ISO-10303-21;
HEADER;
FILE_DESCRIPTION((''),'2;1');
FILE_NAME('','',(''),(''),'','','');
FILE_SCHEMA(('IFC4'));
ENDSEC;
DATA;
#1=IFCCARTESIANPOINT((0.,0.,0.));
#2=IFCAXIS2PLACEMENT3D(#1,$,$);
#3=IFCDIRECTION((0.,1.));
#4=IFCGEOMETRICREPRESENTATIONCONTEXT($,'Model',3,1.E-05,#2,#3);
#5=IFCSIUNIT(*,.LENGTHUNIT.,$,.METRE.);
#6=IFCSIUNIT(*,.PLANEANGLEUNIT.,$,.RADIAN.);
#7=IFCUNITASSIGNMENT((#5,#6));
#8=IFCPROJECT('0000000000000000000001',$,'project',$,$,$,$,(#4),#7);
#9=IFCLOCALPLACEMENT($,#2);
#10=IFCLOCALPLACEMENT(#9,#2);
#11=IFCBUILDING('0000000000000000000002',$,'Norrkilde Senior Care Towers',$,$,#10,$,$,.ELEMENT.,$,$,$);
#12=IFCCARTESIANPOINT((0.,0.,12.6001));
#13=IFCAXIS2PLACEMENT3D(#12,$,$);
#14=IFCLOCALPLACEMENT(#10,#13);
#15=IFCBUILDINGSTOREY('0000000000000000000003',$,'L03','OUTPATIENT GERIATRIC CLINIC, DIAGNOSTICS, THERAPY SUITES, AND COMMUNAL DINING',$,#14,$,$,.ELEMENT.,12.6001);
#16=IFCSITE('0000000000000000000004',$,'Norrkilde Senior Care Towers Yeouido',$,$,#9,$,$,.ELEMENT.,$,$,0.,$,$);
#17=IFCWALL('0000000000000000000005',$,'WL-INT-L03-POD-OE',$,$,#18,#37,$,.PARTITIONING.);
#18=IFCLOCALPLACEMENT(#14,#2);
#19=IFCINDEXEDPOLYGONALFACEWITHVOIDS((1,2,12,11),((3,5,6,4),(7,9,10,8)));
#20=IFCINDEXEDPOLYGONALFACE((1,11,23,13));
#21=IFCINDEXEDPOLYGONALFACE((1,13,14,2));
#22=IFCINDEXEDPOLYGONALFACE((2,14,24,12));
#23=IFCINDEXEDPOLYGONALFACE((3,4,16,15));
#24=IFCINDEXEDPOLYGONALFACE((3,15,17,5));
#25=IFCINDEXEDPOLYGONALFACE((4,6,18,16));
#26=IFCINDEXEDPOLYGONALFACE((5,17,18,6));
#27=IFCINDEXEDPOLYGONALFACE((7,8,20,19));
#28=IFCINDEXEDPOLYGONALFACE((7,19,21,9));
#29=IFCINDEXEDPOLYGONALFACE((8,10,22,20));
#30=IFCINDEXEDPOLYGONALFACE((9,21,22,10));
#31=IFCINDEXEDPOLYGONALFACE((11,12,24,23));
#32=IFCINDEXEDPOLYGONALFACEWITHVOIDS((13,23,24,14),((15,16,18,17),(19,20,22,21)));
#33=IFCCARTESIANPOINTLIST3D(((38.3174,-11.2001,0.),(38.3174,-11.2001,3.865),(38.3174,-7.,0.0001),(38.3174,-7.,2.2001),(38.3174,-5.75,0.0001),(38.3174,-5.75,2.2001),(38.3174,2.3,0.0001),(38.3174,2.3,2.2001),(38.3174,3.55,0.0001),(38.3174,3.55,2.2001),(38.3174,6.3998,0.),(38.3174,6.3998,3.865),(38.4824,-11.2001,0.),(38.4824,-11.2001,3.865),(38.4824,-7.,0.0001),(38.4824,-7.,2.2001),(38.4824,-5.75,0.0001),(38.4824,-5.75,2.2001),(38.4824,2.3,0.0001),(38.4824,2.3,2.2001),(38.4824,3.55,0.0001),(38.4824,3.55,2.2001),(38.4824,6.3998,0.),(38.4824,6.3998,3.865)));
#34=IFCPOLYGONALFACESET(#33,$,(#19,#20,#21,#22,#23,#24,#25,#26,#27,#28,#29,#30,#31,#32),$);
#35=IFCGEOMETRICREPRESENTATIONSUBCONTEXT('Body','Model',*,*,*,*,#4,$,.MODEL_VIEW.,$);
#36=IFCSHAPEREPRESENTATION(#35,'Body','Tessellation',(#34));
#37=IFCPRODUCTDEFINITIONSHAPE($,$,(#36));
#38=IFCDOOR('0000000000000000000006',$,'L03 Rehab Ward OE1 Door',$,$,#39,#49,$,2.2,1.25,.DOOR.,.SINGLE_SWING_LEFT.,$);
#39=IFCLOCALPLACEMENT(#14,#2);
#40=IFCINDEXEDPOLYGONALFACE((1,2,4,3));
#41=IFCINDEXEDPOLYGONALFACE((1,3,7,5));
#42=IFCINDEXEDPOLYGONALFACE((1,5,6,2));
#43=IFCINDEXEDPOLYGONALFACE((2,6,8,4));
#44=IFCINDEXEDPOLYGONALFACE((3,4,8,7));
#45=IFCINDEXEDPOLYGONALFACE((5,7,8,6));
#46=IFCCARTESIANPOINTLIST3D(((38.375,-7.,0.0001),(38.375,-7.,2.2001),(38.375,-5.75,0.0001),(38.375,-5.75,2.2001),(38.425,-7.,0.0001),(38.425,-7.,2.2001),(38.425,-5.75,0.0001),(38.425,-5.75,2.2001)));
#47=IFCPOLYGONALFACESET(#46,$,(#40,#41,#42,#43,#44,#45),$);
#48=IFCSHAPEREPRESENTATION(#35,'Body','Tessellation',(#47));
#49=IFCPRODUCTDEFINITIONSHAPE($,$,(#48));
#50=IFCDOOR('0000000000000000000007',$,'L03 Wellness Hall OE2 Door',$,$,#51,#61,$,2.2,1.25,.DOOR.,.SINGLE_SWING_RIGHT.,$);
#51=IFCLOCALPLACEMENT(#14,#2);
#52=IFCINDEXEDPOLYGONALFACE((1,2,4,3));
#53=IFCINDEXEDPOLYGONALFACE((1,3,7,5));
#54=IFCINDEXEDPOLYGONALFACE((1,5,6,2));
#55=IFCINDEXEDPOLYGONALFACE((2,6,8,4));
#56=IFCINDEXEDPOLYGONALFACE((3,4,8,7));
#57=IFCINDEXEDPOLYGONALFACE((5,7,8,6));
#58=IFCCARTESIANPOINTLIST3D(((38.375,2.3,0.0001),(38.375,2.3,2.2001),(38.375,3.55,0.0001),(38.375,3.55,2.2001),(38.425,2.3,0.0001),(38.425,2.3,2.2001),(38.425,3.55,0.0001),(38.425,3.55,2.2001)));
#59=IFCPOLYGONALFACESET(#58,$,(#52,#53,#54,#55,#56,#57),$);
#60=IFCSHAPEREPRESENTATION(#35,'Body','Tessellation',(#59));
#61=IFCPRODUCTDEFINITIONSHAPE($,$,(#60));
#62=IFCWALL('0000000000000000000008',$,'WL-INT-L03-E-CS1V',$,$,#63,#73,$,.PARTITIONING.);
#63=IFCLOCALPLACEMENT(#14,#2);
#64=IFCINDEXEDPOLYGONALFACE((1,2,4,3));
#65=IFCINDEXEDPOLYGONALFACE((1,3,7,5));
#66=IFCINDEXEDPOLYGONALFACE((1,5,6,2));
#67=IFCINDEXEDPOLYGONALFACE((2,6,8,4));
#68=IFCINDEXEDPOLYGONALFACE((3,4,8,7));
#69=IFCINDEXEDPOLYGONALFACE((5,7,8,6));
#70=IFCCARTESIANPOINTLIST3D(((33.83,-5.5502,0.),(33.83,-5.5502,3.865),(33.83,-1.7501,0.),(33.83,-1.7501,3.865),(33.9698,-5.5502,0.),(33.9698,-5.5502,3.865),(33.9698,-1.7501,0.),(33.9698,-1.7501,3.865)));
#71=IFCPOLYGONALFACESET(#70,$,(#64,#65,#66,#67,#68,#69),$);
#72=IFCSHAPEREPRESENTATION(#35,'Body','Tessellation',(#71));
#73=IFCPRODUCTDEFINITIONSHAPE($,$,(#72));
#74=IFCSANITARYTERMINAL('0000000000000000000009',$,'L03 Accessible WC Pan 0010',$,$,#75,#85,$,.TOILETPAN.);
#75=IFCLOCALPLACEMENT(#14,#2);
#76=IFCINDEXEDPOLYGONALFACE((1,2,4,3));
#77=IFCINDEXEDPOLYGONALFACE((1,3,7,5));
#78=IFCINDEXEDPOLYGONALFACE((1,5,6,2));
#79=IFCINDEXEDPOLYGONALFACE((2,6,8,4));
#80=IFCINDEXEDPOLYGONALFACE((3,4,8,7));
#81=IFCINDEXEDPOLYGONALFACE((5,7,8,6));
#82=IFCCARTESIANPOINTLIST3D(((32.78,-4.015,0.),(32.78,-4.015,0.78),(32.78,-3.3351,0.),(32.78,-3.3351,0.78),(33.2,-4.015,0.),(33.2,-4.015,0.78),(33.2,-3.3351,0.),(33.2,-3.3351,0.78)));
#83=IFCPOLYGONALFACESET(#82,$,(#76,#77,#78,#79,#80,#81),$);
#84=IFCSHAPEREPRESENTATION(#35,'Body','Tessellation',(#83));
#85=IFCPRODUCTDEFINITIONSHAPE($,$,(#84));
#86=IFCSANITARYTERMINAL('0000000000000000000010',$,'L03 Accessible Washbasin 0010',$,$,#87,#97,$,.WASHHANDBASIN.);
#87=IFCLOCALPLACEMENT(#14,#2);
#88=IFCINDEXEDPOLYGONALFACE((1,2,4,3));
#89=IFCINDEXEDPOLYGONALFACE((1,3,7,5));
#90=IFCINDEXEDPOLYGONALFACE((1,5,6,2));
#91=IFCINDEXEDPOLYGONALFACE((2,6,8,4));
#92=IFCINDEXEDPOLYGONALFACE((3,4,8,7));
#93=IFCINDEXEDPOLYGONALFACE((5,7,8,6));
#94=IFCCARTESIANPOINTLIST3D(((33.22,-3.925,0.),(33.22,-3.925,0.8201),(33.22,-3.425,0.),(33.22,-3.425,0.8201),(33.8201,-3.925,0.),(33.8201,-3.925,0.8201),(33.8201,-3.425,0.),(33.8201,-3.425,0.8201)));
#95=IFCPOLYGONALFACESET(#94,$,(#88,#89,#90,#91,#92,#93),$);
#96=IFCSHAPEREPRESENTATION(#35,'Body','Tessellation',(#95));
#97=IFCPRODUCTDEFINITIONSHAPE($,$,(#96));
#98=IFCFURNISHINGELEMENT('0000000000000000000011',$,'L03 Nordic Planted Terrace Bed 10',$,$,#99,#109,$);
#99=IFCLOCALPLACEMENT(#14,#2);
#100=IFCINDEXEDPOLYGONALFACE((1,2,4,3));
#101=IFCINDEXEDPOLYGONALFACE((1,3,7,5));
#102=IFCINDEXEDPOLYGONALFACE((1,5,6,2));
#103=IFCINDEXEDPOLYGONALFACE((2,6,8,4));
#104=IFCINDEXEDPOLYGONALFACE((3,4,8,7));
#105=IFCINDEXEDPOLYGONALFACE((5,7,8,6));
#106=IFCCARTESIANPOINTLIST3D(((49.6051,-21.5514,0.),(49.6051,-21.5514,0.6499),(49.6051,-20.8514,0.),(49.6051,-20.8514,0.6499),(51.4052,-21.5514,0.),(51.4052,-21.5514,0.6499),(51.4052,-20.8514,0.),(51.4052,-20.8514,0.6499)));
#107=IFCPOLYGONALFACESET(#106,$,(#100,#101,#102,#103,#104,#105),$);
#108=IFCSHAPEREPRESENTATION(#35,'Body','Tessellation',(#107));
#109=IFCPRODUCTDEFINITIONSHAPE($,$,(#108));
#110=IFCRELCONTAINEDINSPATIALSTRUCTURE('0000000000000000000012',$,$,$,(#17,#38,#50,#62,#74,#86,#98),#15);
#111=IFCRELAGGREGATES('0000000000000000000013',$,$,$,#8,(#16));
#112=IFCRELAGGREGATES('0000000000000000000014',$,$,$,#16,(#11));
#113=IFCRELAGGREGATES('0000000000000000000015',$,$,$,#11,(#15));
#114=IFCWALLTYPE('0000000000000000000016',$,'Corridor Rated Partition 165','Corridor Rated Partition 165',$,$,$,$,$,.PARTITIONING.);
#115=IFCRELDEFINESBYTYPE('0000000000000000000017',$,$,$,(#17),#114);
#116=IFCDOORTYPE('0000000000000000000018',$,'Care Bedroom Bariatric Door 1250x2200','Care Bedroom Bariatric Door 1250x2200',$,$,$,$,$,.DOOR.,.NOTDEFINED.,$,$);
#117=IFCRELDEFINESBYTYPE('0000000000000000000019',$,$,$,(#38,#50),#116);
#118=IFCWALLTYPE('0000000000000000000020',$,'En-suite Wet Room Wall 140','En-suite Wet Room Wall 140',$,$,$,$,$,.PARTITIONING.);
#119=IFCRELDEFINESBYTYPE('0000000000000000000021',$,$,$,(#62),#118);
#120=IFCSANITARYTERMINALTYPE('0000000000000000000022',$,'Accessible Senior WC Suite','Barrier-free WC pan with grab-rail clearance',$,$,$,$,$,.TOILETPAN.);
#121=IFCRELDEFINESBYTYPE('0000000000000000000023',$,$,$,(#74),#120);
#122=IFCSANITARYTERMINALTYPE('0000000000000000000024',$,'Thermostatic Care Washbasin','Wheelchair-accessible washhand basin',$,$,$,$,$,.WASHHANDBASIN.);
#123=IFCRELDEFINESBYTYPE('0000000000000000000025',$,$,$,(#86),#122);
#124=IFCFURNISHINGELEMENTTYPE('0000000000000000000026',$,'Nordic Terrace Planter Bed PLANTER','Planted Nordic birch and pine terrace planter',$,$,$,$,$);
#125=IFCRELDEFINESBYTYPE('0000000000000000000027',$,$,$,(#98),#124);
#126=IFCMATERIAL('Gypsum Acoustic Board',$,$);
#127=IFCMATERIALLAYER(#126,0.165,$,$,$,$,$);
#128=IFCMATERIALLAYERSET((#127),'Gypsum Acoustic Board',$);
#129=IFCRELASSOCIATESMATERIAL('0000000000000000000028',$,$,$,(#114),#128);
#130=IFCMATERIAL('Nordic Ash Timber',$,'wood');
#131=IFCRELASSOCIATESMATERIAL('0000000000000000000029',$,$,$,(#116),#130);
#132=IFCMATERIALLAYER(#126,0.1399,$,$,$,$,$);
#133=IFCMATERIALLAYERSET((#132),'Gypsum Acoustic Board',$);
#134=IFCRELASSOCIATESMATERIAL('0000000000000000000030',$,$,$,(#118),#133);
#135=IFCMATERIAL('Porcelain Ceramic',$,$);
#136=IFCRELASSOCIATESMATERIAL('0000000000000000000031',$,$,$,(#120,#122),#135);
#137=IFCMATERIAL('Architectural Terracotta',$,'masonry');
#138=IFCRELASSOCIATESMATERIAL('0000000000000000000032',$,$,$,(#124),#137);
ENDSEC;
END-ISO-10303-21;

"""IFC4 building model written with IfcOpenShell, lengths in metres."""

from ifc_helpers import new_model, si_unit, direction, frame, frame_2d, origin, origin_2d, place, context, subcontext, project, spatial, rectangle, extrude, source, transform, mapped, material, layer, layer_set, type_object, type_shapes, element, fill, save


model = new_model("IFC4")

# Units and contexts
model_context = context("Model", 3, precision=1e-05, world=origin(), true_north=direction((0.0, 1.0)))
body_context = subcontext(model_context, "Body", "Model", "MODEL_VIEW")
ifc_project = project(units=[si_unit("LENGTHUNIT", "METRE"), si_unit("PLANEANGLEUNIT", "RADIAN")], contexts=[model_context])

# Site, building, storey
site_placement = place(None, origin())
site = spatial("IfcSite", under=ifc_project, at=site_placement, Name="Norrkilde Senior Care Towers Yeouido", CompositionType="ELEMENT", RefElevation=0.0)
building_placement = place(site_placement, origin())
building = spatial("IfcBuilding", under=site, at=building_placement, Name="Norrkilde Senior Care Towers", CompositionType="ELEMENT")
storey_placement = place(building_placement, frame((0.0, 0.0, 12.6001)))
storey = spatial("IfcBuildingStorey", under=building, at=storey_placement, Name="L03", Description="OUTPATIENT GERIATRIC CLINIC, DIAGNOSTICS, THERAPY SUITES, AND COMMUNAL DINING", CompositionType="ELEMENT", Elevation=12.6001)

# Wall, openings, doors
ifc_material_1 = material(Name="Gypsum Acoustic Board")
ifc_layer_1 = layer(ifc_material_1, 0.165)
ifc_layer_set_1 = layer_set([ifc_layer_1], Name="Gypsum Acoustic Board")
wall_type_1 = type_object("IfcWallType", Name="Corridor Rated Partition 165", Description="Corridor Rated Partition 165", PredefinedType="PARTITIONING", material=ifc_layer_set_1)
shared_shape_1 = source(origin(), body_context, "Body", "SweptSolid", [
    extrude(rectangle(XDim=17.5999, YDim=0.165, at=frame_2d((8.7998, 0.0))), origin(), (0.0, 0.0, 1.0), 3.865),
])
type_shapes(wall_type_1, [shared_shape_1])
wall_1_placement = place(storey_placement, frame((38.3999, -11.2, 0.0), z_axis=(0.0, 0.0, 1.0), x_axis=(0.0, 1.0, 0.0)))
wall_1 = element("IfcWall", 1, at=wall_1_placement, inside=storey, type_object=wall_type_1, Name="WL-INT-L03-POD-OE", PredefinedType="PARTITIONING", context=body_context, shape_type="MappedRepresentation", body=[
    mapped(shared_shape_1, transform((0.0, 0.0, 0.0), x_axis=(1.0, 0.0, 0.0), y_axis=(0.0, 1.0, 0.0), z_axis=(0.0, 0.0, 1.0), scale=1.0)),
])
opening_1_placement = place(wall_1_placement, frame((4.2, 0.0, 0.0)))
opening_1 = element("IfcOpeningElement", 2, at=opening_1_placement, cuts=wall_1, PredefinedType="OPENING", context=body_context, shape_type="SweptSolid", body=[
    extrude(rectangle(XDim=1.25, YDim=2.2, at=frame_2d((0.625, 1.1001))), frame((0.0, 0.0925, 0.0), z_axis=(0.0, -1.0, 0.0), x_axis=(1.0, 0.0, 0.0)), (0.0, 0.0, 1.0), 0.1851),
])
opening_2_placement = place(wall_1_placement, frame((13.5, 0.0, 0.0)))
opening_2 = element("IfcOpeningElement", 3, at=opening_2_placement, cuts=wall_1, PredefinedType="OPENING", context=body_context, shape_type="SweptSolid", body=[
    extrude(rectangle(XDim=1.25, YDim=2.2, at=frame_2d((0.625, 1.1001))), frame((0.0, 0.0925, 0.0), z_axis=(0.0, -1.0, 0.0), x_axis=(1.0, 0.0, 0.0)), (0.0, 0.0, 1.0), 0.1851),
])
ifc_material_2 = material(Name="Nordic Ash Timber", Category="wood")
door_type_1 = type_object("IfcDoorType", Name="Care Bedroom Bariatric Door 1250x2200", Description="Care Bedroom Bariatric Door 1250x2200", OperationType="NOTDEFINED", PredefinedType="DOOR", material=ifc_material_2)
shared_shape_2 = source(origin(), body_context, "Body", "SweptSolid", [
    extrude(rectangle(XDim=1.25, YDim=2.2, at=frame_2d((0.625, 1.1001))), frame((0.0, 0.0249, 0.0), z_axis=(0.0, -1.0, 0.0), x_axis=(1.0, 0.0, 0.0)), (0.0, 0.0, 1.0), 0.05),
])
type_shapes(door_type_1, [shared_shape_2])
door_1_placement = place(opening_1_placement, origin())
door_1 = element("IfcDoor", 4, at=door_1_placement, inside=storey, type_object=door_type_1, Name="L03 Rehab Ward OE1 Door", OperationType="SINGLE_SWING_LEFT", OverallHeight=2.2, OverallWidth=1.25, PredefinedType="DOOR", context=body_context, shape_type="MappedRepresentation", body=[
    mapped(shared_shape_2, transform((0.0, 0.0, 0.0), x_axis=(1.0, 0.0, 0.0), y_axis=(0.0, 1.0, 0.0), z_axis=(0.0, 0.0, 1.0), scale=1.0)),
])
fill(opening_1, door_1)
door_2_placement = place(opening_2_placement, origin())
door_2 = element("IfcDoor", 5, at=door_2_placement, inside=storey, type_object=door_type_1, Name="L03 Wellness Hall OE2 Door", OperationType="SINGLE_SWING_RIGHT", OverallHeight=2.2, OverallWidth=1.25, PredefinedType="DOOR", context=body_context, shape_type="MappedRepresentation", body=[
    mapped(shared_shape_2, transform((0.0, 0.0, 0.0), x_axis=(1.0, 0.0, 0.0), y_axis=(0.0, 1.0, 0.0), z_axis=(0.0, 0.0, 1.0), scale=1.0)),
])
fill(opening_2, door_2)

# Wall
ifc_layer_2 = layer(ifc_material_1, 0.1399)
ifc_layer_set_2 = layer_set([ifc_layer_2], Name="Gypsum Acoustic Board")
wall_type_2 = type_object("IfcWallType", Name="En-suite Wet Room Wall 140", Description="En-suite Wet Room Wall 140", PredefinedType="PARTITIONING", material=ifc_layer_set_2)
shared_shape_3 = source(origin(), body_context, "Body", "SweptSolid", [
    extrude(rectangle(XDim=3.8, YDim=0.1399, at=frame_2d((1.8999, 0.0))), origin(), (0.0, 0.0, 1.0), 3.865),
])
type_shapes(wall_type_2, [shared_shape_3])
wall_2_placement = place(storey_placement, frame((33.8999, -5.55, 0.0), z_axis=(0.0, 0.0, 1.0), x_axis=(0.0, 1.0, 0.0)))
element("IfcWall", 6, at=wall_2_placement, inside=storey, type_object=wall_type_2, Name="WL-INT-L03-E-CS1V", PredefinedType="PARTITIONING", context=body_context, shape_type="MappedRepresentation", body=[
    mapped(shared_shape_3, transform((0.0, 0.0, 0.0), x_axis=(1.0, 0.0, 0.0), y_axis=(0.0, 1.0, 0.0), z_axis=(0.0, 0.0, 1.0), scale=1.0)),
])

# Sanitary terminals
ifc_material_3 = material(Name="Porcelain Ceramic")
sanitary_terminal_type_1 = type_object("IfcSanitaryTerminalType", Name="Accessible Senior WC Suite", Description="Barrier-free WC pan with grab-rail clearance", PredefinedType="TOILETPAN", material=ifc_material_3)
shared_shape_4 = source(origin(), body_context, "Body", "SweptSolid", [
    extrude(rectangle(XDim=0.4199, YDim=0.6799, at=origin_2d()), origin(), (0.0, 0.0, 1.0), 0.78),
])
type_shapes(sanitary_terminal_type_1, [shared_shape_4])
sanitary_terminal_1_placement = place(storey_placement, frame((32.99, -3.675, 0.0), z_axis=(0.0, 0.0, 1.0), x_axis=(1.0, 0.0, 0.0)))
element("IfcSanitaryTerminal", 7, at=sanitary_terminal_1_placement, inside=storey, type_object=sanitary_terminal_type_1, Name="L03 Accessible WC Pan 0010", PredefinedType="TOILETPAN", context=body_context, shape_type="MappedRepresentation", body=[
    mapped(shared_shape_4, transform((0.0, 0.0, 0.0), x_axis=(1.0, 0.0, 0.0), y_axis=(0.0, 1.0, 0.0), z_axis=(0.0, 0.0, 1.0), scale=1.0)),
])
sanitary_terminal_type_2 = type_object("IfcSanitaryTerminalType", Name="Thermostatic Care Washbasin", Description="Wheelchair-accessible washhand basin", PredefinedType="WASHHANDBASIN", material=ifc_material_3)
shared_shape_5 = source(origin(), body_context, "Body", "SweptSolid", [
    extrude(rectangle(XDim=0.6001, YDim=0.5, at=origin_2d()), origin(), (0.0, 0.0, 1.0), 0.8201),
])
type_shapes(sanitary_terminal_type_2, [shared_shape_5])
sanitary_terminal_2_placement = place(storey_placement, frame((33.52, -3.675, 0.0), z_axis=(0.0, 0.0, 1.0), x_axis=(1.0, 0.0, 0.0)))
element("IfcSanitaryTerminal", 8, at=sanitary_terminal_2_placement, inside=storey, type_object=sanitary_terminal_type_2, Name="L03 Accessible Washbasin 0010", PredefinedType="WASHHANDBASIN", context=body_context, shape_type="MappedRepresentation", body=[
    mapped(shared_shape_5, transform((0.0, 0.0, 0.0), x_axis=(1.0, 0.0, 0.0), y_axis=(0.0, 1.0, 0.0), z_axis=(0.0, 0.0, 1.0), scale=1.0)),
])

# Furnishing element
ifc_material_4 = material(Name="Architectural Terracotta", Category="masonry")
furnishing_element_type = type_object("IfcFurnishingElementType", Name="Nordic Terrace Planter Bed PLANTER", Description="Planted Nordic birch and pine terrace planter", material=ifc_material_4)
shared_shape_6 = source(origin(), body_context, "Body", "SweptSolid", [
    extrude(rectangle(XDim=1.8, YDim=0.7, at=origin_2d()), origin(), (0.0, 0.0, 1.0), 0.6499),
])
type_shapes(furnishing_element_type, [shared_shape_6])
furnishing_placement = place(storey_placement, frame((50.5051, -21.2014, 0.0), z_axis=(0.0, 0.0, 1.0), x_axis=(1.0, 0.0, 0.0)))
element("IfcFurnishingElement", 9, at=furnishing_placement, inside=storey, type_object=furnishing_element_type, Name="L03 Nordic Planted Terrace Bed 10", context=body_context, shape_type="MappedRepresentation", body=[
    mapped(shared_shape_6, transform((0.0, 0.0, 0.0), x_axis=(1.0, 0.0, 0.0), y_axis=(0.0, 1.0, 0.0), z_axis=(0.0, 0.0, 1.0), scale=1.0)),
])

save(model, "model.ifc")
